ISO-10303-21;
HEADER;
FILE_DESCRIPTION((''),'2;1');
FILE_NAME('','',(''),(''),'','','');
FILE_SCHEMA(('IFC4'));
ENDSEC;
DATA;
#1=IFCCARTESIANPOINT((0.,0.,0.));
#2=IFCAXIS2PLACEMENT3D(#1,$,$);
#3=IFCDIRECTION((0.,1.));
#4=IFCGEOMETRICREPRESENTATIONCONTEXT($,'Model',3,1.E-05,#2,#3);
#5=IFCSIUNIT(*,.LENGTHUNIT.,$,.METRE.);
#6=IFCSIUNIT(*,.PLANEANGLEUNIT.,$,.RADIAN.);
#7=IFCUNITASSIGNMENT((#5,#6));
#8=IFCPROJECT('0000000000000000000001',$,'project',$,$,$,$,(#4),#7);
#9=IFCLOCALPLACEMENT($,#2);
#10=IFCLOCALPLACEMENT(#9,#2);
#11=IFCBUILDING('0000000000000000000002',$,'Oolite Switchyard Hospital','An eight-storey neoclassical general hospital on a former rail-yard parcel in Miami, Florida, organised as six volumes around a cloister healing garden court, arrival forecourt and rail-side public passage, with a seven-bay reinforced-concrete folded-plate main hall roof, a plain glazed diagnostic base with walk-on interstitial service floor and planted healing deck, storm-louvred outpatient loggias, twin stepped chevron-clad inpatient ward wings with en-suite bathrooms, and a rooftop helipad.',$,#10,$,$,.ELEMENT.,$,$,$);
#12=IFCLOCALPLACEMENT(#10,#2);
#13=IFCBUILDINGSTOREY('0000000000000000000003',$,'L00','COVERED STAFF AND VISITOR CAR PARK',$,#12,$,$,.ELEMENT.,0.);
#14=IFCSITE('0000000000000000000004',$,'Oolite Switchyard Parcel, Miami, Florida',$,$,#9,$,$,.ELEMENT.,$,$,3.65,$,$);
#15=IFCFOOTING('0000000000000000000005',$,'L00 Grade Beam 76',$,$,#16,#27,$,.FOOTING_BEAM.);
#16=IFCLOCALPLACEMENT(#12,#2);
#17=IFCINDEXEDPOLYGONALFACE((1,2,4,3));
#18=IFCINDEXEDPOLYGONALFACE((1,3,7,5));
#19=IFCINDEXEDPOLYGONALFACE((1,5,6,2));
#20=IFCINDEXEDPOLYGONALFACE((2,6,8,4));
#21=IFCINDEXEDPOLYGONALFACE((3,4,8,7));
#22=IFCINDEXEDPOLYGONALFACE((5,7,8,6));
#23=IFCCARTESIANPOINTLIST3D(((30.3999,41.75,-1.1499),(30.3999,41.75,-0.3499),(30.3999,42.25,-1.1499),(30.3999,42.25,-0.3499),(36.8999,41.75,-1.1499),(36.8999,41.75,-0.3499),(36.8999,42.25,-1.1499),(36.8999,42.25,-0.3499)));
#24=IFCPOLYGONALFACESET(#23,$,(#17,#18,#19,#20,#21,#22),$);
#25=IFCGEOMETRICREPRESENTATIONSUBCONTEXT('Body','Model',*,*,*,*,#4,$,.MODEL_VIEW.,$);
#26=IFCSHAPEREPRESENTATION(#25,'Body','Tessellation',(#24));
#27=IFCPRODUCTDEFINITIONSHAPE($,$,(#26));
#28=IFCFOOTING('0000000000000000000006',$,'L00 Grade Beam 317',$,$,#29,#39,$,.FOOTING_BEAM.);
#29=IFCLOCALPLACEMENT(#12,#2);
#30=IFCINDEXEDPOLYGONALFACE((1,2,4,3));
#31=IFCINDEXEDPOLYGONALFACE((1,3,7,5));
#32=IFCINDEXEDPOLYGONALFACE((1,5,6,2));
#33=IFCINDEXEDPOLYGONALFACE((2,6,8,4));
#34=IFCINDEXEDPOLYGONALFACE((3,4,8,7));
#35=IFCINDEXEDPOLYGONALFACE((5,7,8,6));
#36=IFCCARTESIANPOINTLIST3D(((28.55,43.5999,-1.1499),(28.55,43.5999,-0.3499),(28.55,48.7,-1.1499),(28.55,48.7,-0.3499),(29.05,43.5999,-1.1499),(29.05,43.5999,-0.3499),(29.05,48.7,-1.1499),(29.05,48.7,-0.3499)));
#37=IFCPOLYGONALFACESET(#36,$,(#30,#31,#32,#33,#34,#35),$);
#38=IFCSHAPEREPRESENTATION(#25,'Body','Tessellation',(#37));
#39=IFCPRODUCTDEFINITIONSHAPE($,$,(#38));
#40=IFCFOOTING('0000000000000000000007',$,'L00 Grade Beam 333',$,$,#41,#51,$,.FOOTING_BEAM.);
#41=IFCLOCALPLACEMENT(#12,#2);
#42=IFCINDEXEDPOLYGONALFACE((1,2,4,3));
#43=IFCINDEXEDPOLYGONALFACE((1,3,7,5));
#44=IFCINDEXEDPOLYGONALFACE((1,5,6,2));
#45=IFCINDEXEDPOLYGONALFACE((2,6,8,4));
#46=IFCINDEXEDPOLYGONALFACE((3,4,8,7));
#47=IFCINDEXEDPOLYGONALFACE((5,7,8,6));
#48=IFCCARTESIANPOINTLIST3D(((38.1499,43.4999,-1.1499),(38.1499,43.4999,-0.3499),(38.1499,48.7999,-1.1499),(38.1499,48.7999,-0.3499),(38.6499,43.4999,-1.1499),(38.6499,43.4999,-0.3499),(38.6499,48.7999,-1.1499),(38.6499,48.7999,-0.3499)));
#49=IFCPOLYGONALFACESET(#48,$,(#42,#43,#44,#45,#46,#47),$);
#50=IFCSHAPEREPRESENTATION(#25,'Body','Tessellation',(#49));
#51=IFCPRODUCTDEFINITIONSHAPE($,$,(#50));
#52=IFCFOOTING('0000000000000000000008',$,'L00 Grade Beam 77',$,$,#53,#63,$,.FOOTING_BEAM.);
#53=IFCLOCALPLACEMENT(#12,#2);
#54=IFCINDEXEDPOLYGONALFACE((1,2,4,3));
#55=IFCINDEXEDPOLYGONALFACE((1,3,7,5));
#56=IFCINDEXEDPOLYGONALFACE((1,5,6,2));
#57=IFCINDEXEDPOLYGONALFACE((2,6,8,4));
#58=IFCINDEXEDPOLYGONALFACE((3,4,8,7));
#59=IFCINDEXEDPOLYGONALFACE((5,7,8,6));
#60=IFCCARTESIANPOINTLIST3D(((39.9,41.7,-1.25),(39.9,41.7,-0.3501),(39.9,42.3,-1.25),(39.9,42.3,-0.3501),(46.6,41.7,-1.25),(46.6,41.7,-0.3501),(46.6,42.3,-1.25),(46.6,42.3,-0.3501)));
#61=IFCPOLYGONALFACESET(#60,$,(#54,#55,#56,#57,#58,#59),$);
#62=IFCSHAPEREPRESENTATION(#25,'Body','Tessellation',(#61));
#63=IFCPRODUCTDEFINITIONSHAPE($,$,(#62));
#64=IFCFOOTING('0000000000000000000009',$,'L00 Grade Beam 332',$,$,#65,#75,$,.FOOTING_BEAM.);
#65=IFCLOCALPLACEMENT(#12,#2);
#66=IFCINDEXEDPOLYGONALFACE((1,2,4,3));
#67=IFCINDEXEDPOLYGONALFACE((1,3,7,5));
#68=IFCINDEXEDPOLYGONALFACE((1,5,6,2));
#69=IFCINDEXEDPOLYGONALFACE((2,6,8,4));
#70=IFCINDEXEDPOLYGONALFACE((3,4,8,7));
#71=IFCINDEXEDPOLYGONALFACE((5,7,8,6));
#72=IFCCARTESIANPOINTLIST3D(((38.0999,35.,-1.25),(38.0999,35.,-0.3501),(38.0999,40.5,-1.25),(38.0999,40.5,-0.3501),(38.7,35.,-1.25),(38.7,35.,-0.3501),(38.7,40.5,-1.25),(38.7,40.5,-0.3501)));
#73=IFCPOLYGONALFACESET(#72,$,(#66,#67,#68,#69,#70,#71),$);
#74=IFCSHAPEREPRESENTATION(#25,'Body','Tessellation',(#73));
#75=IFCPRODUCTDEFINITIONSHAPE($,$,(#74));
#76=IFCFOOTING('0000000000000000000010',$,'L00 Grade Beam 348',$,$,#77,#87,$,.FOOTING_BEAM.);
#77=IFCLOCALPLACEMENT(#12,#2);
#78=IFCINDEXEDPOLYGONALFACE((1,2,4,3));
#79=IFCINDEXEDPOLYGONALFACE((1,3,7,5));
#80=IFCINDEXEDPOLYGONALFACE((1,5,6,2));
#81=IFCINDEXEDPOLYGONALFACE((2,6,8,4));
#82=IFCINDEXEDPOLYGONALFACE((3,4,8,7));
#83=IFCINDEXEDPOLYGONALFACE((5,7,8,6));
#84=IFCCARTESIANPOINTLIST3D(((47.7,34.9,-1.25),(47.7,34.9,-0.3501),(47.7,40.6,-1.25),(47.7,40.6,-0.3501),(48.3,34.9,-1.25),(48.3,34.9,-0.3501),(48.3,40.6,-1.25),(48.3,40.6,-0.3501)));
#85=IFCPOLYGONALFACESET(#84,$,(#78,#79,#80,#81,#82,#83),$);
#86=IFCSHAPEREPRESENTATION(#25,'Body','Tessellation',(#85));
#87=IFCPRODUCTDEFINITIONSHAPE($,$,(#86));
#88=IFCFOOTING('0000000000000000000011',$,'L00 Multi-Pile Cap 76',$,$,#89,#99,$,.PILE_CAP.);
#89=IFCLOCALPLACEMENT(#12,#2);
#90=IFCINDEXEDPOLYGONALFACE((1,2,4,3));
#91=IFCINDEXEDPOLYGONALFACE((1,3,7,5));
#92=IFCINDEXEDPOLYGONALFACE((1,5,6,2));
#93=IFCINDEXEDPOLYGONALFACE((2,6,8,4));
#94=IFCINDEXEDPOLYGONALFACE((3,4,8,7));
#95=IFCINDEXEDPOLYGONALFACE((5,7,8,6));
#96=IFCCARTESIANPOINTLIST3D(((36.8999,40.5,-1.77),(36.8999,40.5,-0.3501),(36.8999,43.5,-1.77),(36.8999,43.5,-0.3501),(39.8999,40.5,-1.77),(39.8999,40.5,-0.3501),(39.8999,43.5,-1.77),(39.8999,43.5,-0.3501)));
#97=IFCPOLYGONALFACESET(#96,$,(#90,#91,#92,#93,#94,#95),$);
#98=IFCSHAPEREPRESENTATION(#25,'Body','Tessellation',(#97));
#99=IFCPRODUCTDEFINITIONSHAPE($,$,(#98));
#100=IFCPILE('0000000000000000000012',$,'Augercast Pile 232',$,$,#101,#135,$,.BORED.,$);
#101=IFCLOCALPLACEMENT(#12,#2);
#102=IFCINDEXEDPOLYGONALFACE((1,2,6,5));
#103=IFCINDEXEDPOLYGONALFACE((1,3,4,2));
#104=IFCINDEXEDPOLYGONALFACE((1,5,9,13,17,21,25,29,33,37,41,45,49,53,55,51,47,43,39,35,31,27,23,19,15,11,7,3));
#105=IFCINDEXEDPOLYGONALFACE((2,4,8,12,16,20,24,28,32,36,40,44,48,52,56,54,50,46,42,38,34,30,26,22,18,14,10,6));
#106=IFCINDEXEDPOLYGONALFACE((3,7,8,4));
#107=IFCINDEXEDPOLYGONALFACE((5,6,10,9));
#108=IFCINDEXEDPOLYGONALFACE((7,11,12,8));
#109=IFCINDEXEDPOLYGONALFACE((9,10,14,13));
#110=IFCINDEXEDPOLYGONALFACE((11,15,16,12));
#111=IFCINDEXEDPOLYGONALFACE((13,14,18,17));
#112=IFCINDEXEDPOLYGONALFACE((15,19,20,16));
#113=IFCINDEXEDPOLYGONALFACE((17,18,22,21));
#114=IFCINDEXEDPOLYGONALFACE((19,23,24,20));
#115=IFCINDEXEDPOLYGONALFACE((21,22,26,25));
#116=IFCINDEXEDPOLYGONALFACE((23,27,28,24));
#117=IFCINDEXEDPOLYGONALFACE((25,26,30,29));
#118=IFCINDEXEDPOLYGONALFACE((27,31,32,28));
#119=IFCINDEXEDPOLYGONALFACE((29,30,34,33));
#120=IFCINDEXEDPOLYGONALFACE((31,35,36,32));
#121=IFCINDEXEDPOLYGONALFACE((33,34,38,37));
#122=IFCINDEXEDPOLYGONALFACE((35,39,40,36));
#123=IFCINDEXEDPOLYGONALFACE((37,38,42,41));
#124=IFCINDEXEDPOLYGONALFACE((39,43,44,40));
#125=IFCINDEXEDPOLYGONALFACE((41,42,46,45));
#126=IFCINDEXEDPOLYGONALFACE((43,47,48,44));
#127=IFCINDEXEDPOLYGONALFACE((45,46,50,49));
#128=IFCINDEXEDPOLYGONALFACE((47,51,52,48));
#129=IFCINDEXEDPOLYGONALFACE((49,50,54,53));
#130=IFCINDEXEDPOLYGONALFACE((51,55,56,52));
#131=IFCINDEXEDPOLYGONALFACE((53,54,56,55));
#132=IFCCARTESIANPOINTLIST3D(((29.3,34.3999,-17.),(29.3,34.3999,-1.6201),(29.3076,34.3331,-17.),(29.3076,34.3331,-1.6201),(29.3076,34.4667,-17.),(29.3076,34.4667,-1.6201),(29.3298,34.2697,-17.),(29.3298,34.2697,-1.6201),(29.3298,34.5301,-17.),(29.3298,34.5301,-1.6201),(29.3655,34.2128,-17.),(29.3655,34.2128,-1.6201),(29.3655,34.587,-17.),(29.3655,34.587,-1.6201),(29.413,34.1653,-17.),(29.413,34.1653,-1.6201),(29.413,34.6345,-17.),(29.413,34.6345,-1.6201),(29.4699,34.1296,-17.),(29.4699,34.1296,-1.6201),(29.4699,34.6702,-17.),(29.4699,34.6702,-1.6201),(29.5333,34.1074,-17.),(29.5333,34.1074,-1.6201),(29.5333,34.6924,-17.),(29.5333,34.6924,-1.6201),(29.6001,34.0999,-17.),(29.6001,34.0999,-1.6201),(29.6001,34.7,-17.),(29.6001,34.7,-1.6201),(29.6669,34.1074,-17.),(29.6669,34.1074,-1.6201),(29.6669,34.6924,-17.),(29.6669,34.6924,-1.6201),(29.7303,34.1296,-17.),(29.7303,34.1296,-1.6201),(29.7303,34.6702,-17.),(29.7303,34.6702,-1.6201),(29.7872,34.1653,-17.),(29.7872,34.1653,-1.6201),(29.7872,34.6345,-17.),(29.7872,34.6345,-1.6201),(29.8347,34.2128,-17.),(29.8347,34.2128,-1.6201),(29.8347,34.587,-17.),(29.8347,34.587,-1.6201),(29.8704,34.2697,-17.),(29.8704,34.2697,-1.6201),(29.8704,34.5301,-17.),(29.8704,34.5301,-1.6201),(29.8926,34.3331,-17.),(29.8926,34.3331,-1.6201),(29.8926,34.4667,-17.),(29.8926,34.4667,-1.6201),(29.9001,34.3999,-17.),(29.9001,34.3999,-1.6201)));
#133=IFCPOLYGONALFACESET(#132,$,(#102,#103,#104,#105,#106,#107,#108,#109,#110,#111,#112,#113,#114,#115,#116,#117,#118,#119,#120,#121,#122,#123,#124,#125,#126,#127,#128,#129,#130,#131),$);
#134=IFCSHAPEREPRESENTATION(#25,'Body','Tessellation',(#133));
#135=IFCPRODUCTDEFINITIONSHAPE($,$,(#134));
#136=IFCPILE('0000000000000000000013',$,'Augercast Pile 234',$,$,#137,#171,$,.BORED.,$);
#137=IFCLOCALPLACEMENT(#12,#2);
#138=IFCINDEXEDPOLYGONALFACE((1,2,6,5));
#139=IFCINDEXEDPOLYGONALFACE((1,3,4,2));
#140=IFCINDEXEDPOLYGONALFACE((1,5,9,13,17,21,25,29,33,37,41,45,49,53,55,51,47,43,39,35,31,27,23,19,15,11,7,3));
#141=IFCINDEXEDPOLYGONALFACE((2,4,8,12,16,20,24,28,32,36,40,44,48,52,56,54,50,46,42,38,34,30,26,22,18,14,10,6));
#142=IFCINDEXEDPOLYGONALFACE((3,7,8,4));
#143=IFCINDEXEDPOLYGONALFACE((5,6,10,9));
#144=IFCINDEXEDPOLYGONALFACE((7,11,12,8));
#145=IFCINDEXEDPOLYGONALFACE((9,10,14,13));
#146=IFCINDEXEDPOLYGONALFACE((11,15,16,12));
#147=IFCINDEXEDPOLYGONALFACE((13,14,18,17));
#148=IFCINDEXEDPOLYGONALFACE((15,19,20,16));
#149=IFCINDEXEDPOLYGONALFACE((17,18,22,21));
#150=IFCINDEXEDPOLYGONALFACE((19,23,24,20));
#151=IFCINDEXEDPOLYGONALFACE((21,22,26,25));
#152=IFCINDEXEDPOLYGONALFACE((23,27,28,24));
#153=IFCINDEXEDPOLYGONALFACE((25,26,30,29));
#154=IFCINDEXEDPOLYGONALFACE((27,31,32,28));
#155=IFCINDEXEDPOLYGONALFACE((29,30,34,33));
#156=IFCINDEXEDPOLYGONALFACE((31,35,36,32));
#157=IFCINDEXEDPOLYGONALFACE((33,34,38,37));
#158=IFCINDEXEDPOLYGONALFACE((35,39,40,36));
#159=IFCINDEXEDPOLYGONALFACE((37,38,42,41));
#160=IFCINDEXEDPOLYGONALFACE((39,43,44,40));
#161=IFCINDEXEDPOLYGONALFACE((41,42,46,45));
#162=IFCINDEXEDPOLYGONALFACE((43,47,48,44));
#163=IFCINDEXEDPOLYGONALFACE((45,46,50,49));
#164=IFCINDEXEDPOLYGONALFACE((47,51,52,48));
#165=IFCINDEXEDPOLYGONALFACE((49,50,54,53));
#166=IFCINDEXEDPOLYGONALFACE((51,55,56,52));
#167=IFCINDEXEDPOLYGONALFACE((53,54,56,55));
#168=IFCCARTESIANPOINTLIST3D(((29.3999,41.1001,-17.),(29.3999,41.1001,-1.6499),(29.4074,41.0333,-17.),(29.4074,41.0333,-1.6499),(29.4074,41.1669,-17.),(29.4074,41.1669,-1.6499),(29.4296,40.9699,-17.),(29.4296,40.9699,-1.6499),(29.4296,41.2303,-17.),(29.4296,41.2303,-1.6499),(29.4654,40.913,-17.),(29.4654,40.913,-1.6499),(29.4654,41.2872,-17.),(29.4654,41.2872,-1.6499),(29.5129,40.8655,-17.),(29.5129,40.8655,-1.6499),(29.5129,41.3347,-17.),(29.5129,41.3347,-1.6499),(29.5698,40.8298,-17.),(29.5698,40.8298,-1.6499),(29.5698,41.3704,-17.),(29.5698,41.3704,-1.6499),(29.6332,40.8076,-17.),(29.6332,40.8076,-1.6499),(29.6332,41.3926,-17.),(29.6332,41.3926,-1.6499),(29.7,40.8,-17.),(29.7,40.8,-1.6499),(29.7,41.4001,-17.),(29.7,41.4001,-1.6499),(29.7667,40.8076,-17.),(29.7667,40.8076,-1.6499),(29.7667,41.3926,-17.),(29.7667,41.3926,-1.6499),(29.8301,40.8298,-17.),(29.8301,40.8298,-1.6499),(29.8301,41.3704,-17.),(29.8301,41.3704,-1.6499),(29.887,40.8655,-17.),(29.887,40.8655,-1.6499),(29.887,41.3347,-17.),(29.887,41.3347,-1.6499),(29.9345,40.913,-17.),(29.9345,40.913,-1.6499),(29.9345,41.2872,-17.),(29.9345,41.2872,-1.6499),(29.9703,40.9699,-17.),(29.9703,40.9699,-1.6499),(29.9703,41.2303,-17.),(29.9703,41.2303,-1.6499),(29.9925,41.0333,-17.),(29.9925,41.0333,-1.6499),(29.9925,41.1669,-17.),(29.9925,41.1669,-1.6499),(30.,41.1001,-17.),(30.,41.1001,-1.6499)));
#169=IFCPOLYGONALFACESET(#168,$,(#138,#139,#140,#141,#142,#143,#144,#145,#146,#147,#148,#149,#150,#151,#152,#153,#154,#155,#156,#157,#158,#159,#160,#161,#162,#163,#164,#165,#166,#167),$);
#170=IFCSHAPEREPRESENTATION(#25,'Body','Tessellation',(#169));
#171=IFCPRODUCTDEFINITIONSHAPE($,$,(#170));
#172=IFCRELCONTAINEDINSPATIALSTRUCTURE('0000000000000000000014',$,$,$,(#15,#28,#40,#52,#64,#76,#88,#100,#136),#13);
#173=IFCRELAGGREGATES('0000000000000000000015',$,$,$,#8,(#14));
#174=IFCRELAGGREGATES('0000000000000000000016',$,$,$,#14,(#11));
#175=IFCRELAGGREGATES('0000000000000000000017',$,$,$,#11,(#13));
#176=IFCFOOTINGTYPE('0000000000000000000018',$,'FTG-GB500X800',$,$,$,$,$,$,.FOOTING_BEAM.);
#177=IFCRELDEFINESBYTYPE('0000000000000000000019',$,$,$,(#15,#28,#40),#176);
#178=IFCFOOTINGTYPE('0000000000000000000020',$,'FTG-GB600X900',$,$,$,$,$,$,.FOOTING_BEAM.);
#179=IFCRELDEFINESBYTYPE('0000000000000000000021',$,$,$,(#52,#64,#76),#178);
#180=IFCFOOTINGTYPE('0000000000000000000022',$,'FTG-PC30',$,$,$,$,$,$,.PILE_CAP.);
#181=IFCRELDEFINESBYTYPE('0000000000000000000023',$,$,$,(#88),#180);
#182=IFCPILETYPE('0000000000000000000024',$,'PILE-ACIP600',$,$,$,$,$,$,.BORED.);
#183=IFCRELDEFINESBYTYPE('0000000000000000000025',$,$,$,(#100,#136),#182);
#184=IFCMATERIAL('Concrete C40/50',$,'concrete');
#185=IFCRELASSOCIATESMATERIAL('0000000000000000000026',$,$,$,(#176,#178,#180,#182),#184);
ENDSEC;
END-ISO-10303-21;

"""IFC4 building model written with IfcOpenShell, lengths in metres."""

from ifc_helpers import new_model, si_unit, direction, frame, origin, origin_2d, place, context, subcontext, project, spatial, rectangle, circle, extrude, material, material_profile, profile_set, type_object, element, save


model = new_model("IFC4")

# Units and contexts
model_context = context("Model", 3, precision=1e-05, world=origin(), true_north=direction((0.0, 1.0)))
body_context = subcontext(model_context, "Body", "Model", "MODEL_VIEW")
ifc_project = project(units=[si_unit("LENGTHUNIT", "METRE"), si_unit("PLANEANGLEUNIT", "RADIAN")], contexts=[model_context])

# Site, building, storey
site_placement = place(None, origin())
site = spatial("IfcSite", under=ifc_project, at=site_placement, Name="Oolite Switchyard Parcel, Miami, Florida", CompositionType="ELEMENT", RefElevation=3.65)
building_placement = place(site_placement, origin())
building = spatial("IfcBuilding", under=site, at=building_placement, Name="Oolite Switchyard Hospital", Description="An eight-storey neoclassical general hospital on a former rail-yard parcel in Miami, Florida, organised as six volumes around a cloister healing garden court, arrival forecourt and rail-side public passage, with a seven-bay reinforced-concrete folded-plate main hall roof, a plain glazed diagnostic base with walk-on interstitial service floor and planted healing deck, storm-louvred outpatient loggias, twin stepped chevron-clad inpatient ward wings with en-suite bathrooms, and a rooftop helipad.", CompositionType="ELEMENT")
storey_placement = place(building_placement, origin())
storey = spatial("IfcBuildingStorey", under=building, at=storey_placement, Name="L00", Description="COVERED STAFF AND VISITOR CAR PARK", CompositionType="ELEMENT", Elevation=0.0)

# Footings
ifc_material_1 = material(Name="Concrete C40/50", Category="concrete")
footing_type_1 = type_object("IfcFootingType", Name="FTG-GB500X800", PredefinedType="FOOTING_BEAM", material=ifc_material_1)
footing_1_placement = place(storey_placement, frame((33.6499, 42.0, -1.1499), z_axis=(0.0, 0.0, 1.0), x_axis=(1.0, 0.0, 0.0)))
element("IfcFooting", 1, at=footing_1_placement, inside=storey, type_object=footing_type_1, Name="L00 Grade Beam 76", PredefinedType="FOOTING_BEAM", context=body_context, shape_type="SweptSolid", body=[
    extrude(rectangle(XDim=6.5, YDim=0.5, at=origin_2d()), origin(), (0.0, 0.0, 1.0), 0.8),
])
footing_2_placement = place(storey_placement, frame((28.8, 46.1499, -1.1499), z_axis=(0.0, 0.0, 1.0), x_axis=(0.0, 1.0, 0.0)))
element("IfcFooting", 2, at=footing_2_placement, inside=storey, type_object=footing_type_1, Name="L00 Grade Beam 317", PredefinedType="FOOTING_BEAM", context=body_context, shape_type="SweptSolid", body=[
    extrude(rectangle(XDim=5.1001, YDim=0.5, at=origin_2d()), origin(), (0.0, 0.0, 1.0), 0.8),
])
footing_3_placement = place(storey_placement, frame((38.3999, 46.1499, -1.1499), z_axis=(0.0, 0.0, 1.0), x_axis=(0.0, 1.0, 0.0)))
element("IfcFooting", 3, at=footing_3_placement, inside=storey, type_object=footing_type_1, Name="L00 Grade Beam 333", PredefinedType="FOOTING_BEAM", context=body_context, shape_type="SweptSolid", body=[
    extrude(rectangle(XDim=5.3, YDim=0.5, at=origin_2d()), origin(), (0.0, 0.0, 1.0), 0.8),
])
footing_type_2 = type_object("IfcFootingType", Name="FTG-GB600X900", PredefinedType="FOOTING_BEAM", material=ifc_material_1)
footing_4_placement = place(storey_placement, frame((43.25, 42.0, -1.25), z_axis=(0.0, 0.0, 1.0), x_axis=(1.0, 0.0, 0.0)))
element("IfcFooting", 4, at=footing_4_placement, inside=storey, type_object=footing_type_2, Name="L00 Grade Beam 77", PredefinedType="FOOTING_BEAM", context=body_context, shape_type="SweptSolid", body=[
    extrude(rectangle(XDim=6.7, YDim=0.6001, at=origin_2d()), origin(), (0.0, 0.0, 1.0), 0.8999),
])
footing_5_placement = place(storey_placement, frame((38.3999, 37.75, -1.25), z_axis=(0.0, 0.0, 1.0), x_axis=(0.0, 1.0, 0.0)))
element("IfcFooting", 5, at=footing_5_placement, inside=storey, type_object=footing_type_2, Name="L00 Grade Beam 332", PredefinedType="FOOTING_BEAM", context=body_context, shape_type="SweptSolid", body=[
    extrude(rectangle(XDim=5.5, YDim=0.6001, at=origin_2d()), origin(), (0.0, 0.0, 1.0), 0.8999),
])
footing_6_placement = place(storey_placement, frame((48.0, 37.75, -1.25), z_axis=(0.0, 0.0, 1.0), x_axis=(0.0, 1.0, 0.0)))
element("IfcFooting", 6, at=footing_6_placement, inside=storey, type_object=footing_type_2, Name="L00 Grade Beam 348", PredefinedType="FOOTING_BEAM", context=body_context, shape_type="SweptSolid", body=[
    extrude(rectangle(XDim=5.7, YDim=0.6001, at=origin_2d()), origin(), (0.0, 0.0, 1.0), 0.8999),
])
footing_type_3 = type_object("IfcFootingType", Name="FTG-PC30", PredefinedType="PILE_CAP", material=ifc_material_1)
footing_7_placement = place(storey_placement, frame((38.3999, 42.0, -1.77), z_axis=(0.0, 0.0, 1.0), x_axis=(1.0, 0.0, 0.0)))
element("IfcFooting", 7, at=footing_7_placement, inside=storey, type_object=footing_type_3, Name="L00 Multi-Pile Cap 76", PredefinedType="PILE_CAP", context=body_context, shape_type="SweptSolid", body=[
    extrude(rectangle(XDim=3.0, YDim=3.0, at=origin_2d()), origin(), (0.0, 0.0, 1.0), 1.4199),
])

# Piles
ifc_material_profile_1 = material_profile(ifc_material_1, circle(Radius=0.3, at=origin_2d()), Name="PILE600")
ifc_profile_set_1 = profile_set([ifc_material_profile_1], Name="Concrete C40/50")
pile_type = type_object("IfcPileType", Name="PILE-ACIP600", PredefinedType="BORED", material=ifc_profile_set_1)
pile_1_placement = place(storey_placement, frame((29.6001, 34.3999, -1.6201), z_axis=(0.0, 0.0, -1.0), x_axis=(1.0, 0.0, 0.0)))
element("IfcPile", 8, at=pile_1_placement, inside=storey, type_object=pile_type, Name="Augercast Pile 232", PredefinedType="BORED", context=body_context, shape_type="SweptSolid", body=[
    extrude(circle(Radius=0.3, at=origin_2d()), origin(), (0.0, 0.0, 1.0), 15.3799),
])
for number, where, z_axis, x_axis, name in (
    (9, (29.7, 41.1001, -1.6499), (0.0, 0.0, -1.0), (1.0, 0.0, 0.0), "Augercast Pile 234"),
):
    element("IfcPile", number, at=place(storey_placement, frame(where, z_axis=z_axis, x_axis=x_axis)), inside=storey, type_object=pile_type, Name=name, PredefinedType="BORED", context=body_context, shape_type="SweptSolid", body=[
        extrude(circle(Radius=0.3, at=origin_2d()), origin(), (0.0, 0.0, 1.0), 15.3501),
    ])

save(model, "model.ifc")
